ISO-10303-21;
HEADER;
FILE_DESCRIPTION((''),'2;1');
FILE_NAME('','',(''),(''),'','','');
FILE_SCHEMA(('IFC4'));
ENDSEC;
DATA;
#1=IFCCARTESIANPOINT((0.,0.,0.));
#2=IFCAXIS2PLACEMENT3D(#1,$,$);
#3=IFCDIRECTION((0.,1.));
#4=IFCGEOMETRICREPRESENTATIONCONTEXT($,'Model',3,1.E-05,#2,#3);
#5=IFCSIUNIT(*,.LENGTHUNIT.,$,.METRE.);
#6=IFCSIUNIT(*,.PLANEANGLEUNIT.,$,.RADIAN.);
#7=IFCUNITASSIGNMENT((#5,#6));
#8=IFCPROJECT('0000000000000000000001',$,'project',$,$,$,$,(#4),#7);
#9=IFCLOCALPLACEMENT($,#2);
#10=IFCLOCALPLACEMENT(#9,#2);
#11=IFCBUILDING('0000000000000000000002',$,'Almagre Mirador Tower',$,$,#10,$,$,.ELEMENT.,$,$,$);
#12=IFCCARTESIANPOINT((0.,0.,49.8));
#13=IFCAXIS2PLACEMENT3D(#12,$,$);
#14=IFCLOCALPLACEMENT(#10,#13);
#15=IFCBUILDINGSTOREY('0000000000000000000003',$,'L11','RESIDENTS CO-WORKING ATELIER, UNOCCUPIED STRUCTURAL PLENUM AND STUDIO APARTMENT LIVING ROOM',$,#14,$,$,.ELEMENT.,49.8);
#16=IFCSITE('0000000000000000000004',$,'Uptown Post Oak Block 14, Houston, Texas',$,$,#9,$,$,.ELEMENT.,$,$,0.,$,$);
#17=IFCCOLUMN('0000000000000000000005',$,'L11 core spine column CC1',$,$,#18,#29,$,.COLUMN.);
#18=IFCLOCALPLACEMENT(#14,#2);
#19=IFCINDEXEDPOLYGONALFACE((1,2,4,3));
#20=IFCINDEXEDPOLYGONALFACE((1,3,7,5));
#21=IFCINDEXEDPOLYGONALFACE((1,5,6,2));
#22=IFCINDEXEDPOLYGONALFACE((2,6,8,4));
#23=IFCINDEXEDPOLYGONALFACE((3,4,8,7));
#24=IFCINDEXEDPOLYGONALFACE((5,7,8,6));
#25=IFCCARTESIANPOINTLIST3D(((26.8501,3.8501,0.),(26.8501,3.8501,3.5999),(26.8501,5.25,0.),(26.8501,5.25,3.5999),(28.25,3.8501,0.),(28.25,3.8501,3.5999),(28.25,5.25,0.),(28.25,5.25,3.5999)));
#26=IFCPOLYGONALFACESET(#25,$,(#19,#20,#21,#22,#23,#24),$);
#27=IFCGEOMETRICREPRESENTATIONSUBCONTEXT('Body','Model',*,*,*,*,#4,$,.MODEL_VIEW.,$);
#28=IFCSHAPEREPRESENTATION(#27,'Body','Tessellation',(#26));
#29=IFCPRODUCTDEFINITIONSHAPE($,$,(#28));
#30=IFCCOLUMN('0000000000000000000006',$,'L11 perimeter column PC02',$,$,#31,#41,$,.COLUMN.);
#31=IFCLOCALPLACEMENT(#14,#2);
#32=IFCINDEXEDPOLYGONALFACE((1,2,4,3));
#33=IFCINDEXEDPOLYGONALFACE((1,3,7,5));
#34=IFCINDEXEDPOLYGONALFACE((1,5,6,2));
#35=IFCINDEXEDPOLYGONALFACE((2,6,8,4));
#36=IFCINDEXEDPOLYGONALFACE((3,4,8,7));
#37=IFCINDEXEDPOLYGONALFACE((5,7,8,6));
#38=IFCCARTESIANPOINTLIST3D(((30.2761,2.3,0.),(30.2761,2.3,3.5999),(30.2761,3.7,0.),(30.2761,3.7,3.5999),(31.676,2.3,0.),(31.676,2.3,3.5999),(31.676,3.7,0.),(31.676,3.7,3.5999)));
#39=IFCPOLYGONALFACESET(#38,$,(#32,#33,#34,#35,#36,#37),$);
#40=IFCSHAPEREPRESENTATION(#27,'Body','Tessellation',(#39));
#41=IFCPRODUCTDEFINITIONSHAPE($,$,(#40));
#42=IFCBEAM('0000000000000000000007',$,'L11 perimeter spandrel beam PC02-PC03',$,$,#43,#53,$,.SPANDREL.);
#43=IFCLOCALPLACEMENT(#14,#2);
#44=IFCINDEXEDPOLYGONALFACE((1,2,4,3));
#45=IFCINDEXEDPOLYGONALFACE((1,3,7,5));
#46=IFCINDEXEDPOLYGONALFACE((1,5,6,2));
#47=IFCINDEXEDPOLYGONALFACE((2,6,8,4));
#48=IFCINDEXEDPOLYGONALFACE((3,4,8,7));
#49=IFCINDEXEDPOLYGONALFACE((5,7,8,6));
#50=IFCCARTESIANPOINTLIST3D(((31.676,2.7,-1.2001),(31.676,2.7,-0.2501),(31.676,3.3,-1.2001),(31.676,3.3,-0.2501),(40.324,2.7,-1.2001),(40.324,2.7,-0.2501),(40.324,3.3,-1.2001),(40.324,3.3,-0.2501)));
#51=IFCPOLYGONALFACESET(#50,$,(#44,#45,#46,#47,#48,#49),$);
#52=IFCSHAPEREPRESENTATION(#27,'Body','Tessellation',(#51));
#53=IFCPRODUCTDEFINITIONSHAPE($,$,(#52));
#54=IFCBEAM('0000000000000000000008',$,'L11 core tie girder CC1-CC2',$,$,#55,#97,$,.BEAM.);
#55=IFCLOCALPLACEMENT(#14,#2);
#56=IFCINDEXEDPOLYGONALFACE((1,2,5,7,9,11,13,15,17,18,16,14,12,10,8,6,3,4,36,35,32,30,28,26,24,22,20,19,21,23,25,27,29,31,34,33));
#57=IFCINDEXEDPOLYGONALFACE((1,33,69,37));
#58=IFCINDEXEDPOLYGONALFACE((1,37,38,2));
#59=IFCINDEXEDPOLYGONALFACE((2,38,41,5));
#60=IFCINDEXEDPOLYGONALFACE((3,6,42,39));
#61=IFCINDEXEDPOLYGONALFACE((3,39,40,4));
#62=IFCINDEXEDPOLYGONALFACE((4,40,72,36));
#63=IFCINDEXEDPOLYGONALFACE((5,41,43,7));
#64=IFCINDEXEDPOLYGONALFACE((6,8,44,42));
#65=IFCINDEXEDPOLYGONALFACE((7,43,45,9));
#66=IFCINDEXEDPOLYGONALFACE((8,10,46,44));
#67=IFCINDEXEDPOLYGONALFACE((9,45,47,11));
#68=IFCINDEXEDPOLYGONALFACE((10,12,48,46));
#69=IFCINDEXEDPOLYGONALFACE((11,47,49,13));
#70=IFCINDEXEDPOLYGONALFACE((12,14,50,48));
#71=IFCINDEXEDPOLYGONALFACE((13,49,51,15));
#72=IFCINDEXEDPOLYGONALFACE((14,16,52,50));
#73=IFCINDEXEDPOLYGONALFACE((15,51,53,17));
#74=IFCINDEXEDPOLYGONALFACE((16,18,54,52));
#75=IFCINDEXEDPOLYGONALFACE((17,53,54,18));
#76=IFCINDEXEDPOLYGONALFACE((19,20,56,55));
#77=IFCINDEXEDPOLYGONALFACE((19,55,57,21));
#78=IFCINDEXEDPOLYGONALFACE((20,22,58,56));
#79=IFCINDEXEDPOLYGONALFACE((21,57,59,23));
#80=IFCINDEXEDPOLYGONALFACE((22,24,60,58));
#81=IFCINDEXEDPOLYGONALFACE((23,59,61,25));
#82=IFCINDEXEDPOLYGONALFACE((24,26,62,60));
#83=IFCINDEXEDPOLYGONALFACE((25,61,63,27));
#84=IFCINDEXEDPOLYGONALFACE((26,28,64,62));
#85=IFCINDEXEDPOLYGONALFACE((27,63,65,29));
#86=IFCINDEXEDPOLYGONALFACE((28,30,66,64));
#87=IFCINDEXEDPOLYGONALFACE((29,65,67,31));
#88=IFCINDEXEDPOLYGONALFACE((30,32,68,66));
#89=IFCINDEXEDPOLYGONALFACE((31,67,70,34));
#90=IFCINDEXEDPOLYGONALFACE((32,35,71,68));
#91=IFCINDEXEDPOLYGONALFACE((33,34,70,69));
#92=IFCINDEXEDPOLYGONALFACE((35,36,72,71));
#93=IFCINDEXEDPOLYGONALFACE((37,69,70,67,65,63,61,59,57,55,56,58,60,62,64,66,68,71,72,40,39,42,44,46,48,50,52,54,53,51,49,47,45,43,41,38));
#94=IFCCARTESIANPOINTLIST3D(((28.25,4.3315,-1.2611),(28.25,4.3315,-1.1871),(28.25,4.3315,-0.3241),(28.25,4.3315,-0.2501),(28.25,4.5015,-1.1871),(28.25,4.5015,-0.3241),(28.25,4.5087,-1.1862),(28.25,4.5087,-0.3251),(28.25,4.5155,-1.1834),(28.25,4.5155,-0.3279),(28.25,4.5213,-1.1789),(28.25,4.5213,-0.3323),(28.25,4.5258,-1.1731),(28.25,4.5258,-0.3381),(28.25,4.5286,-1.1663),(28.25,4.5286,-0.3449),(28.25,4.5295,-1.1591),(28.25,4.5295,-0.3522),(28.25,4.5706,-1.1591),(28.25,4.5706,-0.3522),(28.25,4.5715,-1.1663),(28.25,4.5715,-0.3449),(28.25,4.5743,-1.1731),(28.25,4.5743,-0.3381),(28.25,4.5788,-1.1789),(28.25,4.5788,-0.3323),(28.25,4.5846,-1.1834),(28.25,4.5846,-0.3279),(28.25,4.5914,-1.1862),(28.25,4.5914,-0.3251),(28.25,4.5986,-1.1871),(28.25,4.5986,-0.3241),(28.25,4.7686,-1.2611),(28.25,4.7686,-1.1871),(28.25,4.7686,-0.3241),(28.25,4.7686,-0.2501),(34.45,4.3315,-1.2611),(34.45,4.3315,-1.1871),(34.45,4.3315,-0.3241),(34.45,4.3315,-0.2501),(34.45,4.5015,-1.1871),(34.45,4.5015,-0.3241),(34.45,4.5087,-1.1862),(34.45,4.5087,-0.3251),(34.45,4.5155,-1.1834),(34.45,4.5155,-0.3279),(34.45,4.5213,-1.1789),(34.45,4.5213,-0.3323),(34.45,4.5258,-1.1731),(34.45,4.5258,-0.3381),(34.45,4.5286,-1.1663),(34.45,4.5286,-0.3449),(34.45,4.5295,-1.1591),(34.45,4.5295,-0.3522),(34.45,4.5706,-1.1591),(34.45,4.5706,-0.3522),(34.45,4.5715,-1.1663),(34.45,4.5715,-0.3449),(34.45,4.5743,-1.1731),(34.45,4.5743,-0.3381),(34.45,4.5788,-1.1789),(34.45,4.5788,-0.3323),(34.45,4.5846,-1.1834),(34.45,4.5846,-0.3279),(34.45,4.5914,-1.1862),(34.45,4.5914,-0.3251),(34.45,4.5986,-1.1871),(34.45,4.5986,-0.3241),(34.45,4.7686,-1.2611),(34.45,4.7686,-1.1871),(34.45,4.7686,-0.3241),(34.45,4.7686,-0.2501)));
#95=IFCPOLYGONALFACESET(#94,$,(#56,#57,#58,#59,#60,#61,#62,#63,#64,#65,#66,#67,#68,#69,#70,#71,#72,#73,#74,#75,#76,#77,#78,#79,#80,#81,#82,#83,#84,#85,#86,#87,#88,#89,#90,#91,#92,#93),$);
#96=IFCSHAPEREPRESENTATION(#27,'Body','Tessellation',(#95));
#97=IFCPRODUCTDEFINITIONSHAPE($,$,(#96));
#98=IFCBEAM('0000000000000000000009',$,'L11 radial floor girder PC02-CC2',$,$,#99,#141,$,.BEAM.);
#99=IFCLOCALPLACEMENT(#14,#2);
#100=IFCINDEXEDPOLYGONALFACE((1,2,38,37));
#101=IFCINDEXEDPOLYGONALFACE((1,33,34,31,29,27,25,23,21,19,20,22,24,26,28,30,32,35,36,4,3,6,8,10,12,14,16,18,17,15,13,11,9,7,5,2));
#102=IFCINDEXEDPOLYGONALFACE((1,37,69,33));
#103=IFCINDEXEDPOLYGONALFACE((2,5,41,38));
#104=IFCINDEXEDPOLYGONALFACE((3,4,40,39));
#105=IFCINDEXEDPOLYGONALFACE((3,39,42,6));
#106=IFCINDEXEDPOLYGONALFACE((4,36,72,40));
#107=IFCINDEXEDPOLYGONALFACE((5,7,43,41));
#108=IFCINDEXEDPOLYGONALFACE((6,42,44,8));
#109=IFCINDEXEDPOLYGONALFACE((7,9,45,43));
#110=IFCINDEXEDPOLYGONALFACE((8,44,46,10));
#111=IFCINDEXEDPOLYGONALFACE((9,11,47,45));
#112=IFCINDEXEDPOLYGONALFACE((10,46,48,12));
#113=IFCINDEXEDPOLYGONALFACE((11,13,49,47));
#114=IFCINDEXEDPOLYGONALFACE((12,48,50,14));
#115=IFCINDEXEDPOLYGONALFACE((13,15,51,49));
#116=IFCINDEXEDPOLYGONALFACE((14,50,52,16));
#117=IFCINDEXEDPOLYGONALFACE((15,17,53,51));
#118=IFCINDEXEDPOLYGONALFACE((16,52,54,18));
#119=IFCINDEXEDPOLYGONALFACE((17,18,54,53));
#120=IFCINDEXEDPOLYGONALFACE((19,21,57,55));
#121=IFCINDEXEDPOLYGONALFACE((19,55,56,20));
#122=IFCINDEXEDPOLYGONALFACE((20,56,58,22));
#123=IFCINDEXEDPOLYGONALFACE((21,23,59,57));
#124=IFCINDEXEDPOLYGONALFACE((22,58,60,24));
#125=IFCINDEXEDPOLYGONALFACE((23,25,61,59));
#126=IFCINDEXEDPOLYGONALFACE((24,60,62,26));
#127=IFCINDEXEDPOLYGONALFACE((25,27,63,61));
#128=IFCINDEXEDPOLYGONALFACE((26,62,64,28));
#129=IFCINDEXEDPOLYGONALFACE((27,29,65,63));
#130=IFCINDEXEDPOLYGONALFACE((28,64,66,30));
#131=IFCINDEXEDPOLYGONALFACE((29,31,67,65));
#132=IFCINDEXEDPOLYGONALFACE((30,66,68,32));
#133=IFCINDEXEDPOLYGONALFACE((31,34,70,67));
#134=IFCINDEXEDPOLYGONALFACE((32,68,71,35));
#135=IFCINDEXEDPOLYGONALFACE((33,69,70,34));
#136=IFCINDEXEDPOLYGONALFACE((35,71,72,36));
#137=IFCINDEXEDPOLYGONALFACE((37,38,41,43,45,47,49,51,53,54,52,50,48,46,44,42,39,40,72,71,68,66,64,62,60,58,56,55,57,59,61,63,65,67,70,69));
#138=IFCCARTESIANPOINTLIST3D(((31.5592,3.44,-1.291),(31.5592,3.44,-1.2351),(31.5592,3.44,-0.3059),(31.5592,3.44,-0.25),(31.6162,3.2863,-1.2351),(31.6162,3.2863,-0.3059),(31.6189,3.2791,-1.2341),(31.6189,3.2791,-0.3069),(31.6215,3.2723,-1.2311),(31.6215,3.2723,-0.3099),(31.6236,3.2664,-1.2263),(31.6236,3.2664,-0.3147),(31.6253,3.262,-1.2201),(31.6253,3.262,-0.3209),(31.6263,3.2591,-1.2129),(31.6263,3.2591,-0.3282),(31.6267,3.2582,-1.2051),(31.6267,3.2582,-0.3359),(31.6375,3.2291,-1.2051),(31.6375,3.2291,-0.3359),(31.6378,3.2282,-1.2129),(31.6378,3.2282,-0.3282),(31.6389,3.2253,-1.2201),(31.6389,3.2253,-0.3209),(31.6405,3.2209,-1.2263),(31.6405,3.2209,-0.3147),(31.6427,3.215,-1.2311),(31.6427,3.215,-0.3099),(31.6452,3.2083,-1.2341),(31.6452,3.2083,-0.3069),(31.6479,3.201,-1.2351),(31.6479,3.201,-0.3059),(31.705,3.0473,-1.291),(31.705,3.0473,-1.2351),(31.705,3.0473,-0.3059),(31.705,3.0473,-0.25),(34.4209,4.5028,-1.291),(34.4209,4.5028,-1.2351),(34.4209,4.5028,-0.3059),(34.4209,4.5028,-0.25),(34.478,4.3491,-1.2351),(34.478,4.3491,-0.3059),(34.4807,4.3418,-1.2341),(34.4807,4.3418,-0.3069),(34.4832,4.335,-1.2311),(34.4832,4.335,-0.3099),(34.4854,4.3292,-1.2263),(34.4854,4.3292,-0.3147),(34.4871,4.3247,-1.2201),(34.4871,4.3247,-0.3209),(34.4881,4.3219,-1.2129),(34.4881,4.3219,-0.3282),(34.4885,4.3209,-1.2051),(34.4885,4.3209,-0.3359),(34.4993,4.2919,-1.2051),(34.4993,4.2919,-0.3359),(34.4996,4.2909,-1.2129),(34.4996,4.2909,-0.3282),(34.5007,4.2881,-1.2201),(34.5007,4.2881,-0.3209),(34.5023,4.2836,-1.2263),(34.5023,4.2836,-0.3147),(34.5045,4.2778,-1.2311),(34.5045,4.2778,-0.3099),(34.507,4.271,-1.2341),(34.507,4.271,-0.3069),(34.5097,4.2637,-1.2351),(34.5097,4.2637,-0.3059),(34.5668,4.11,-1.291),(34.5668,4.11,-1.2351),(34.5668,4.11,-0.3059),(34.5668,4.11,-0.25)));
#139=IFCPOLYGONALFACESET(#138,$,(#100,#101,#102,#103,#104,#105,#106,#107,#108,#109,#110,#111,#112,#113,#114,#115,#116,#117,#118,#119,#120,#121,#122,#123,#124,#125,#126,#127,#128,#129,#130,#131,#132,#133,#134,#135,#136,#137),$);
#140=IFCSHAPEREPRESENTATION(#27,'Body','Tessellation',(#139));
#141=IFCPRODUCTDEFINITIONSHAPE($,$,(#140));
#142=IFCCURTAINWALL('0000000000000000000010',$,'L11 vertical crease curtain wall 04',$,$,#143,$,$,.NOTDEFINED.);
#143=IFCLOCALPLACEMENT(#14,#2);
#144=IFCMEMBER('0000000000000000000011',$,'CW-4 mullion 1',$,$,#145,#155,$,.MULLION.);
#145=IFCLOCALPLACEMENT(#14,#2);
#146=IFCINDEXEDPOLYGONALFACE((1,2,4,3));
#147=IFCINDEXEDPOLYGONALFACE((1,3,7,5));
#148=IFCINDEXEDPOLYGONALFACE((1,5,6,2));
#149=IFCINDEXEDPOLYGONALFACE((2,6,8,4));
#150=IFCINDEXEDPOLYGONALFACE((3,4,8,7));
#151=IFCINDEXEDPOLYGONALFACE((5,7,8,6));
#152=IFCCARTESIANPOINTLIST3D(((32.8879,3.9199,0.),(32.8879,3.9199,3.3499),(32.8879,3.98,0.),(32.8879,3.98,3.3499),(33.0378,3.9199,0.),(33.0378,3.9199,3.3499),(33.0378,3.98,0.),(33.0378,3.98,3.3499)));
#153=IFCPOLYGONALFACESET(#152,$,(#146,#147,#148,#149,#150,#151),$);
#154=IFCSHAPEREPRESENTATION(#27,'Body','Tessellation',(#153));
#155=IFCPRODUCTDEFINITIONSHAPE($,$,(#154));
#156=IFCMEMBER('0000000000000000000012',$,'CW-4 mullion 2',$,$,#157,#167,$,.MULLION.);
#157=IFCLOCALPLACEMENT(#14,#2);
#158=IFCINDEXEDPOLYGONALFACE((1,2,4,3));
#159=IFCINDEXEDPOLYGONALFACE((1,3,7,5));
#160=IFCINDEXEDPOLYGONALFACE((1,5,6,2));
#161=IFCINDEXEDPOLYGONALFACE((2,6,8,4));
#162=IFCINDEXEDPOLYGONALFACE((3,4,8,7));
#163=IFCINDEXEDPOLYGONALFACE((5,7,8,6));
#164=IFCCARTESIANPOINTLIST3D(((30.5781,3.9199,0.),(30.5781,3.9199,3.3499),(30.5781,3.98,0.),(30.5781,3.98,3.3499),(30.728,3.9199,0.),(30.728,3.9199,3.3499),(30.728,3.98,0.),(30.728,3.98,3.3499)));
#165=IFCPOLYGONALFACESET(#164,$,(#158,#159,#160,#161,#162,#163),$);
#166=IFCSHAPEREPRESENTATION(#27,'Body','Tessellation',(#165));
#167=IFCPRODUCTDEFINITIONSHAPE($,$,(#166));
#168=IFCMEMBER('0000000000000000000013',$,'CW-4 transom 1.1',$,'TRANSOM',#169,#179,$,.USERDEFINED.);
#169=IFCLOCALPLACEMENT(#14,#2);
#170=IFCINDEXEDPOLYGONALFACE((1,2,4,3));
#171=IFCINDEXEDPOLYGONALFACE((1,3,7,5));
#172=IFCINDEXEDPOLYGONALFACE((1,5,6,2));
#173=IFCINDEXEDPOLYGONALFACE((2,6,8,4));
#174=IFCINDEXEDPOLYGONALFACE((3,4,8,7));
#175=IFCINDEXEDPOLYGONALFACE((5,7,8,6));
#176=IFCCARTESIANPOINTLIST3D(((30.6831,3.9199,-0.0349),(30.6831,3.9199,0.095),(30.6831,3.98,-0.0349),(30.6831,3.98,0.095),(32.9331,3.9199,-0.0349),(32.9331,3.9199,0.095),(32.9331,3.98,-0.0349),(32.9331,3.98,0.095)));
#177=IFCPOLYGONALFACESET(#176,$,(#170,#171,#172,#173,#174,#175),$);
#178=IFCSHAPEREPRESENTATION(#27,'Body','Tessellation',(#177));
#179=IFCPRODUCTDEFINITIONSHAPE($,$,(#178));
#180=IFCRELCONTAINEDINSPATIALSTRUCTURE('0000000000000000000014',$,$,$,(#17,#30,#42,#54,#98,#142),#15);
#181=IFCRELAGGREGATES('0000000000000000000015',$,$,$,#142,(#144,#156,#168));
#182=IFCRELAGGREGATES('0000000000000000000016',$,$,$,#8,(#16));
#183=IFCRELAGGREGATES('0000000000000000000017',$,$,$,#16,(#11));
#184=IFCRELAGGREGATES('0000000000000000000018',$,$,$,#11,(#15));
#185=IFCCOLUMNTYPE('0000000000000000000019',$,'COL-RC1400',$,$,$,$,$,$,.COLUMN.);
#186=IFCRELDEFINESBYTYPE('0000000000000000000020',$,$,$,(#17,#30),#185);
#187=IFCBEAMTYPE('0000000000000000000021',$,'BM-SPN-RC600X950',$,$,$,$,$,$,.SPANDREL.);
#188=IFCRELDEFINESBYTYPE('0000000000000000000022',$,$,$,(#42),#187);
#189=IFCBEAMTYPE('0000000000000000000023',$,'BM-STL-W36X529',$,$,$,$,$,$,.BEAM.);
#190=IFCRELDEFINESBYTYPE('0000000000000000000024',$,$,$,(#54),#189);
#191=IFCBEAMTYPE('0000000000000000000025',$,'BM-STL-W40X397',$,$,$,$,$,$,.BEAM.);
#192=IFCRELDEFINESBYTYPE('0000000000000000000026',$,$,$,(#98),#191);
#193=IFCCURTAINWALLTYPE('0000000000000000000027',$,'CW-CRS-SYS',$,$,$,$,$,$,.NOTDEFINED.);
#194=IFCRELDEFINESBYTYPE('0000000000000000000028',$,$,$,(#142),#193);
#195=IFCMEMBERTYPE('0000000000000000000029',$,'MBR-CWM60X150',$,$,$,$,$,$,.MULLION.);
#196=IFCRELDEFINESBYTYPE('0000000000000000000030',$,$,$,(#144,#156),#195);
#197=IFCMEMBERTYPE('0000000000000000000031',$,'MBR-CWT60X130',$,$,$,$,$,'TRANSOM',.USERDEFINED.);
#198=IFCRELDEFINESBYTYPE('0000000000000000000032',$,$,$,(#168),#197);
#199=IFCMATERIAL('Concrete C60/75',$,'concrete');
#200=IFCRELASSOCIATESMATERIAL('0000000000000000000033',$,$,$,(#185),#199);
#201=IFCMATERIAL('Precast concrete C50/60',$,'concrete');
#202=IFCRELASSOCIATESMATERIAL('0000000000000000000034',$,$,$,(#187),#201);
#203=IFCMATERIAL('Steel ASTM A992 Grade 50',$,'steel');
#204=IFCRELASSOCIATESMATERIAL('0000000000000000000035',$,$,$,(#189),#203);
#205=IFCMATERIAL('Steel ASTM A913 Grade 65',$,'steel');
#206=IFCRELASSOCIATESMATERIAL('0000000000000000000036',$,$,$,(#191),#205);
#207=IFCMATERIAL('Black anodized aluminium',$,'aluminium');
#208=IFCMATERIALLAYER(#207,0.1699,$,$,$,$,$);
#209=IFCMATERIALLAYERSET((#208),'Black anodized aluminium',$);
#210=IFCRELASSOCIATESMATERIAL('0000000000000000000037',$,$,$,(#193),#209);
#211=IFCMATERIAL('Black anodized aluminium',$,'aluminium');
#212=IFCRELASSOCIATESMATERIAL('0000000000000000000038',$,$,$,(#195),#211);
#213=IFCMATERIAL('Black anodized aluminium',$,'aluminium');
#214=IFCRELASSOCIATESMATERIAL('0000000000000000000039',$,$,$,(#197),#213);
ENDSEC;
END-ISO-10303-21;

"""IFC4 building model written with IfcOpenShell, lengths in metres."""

from ifc_helpers import new_model, si_unit, direction, frame, origin, origin_2d, place, context, subcontext, project, spatial, rectangle, i_section, extrude, material, layer, layer_set, material_profile, profile_set, type_object, element, aggregate, save


model = new_model("IFC4")

# Units and contexts
model_context = context("Model", 3, precision=1e-05, world=origin(), true_north=direction((0.0, 1.0)))
body_context = subcontext(model_context, "Body", "Model", "MODEL_VIEW")
ifc_project = project(units=[si_unit("LENGTHUNIT", "METRE"), si_unit("PLANEANGLEUNIT", "RADIAN")], contexts=[model_context])

# Site, building, storey
site_placement = place(None, origin())
site = spatial("IfcSite", under=ifc_project, at=site_placement, Name="Uptown Post Oak Block 14, Houston, Texas", CompositionType="ELEMENT", RefElevation=0.0)
building_placement = place(site_placement, origin())
building = spatial("IfcBuilding", under=site, at=building_placement, Name="Almagre Mirador Tower", CompositionType="ELEMENT")
storey_placement = place(building_placement, frame((0.0, 0.0, 49.8)))
storey = spatial("IfcBuildingStorey", under=building, at=storey_placement, Name="L11", Description="RESIDENTS CO-WORKING ATELIER, UNOCCUPIED STRUCTURAL PLENUM AND STUDIO APARTMENT LIVING ROOM", CompositionType="ELEMENT", Elevation=49.8)

# Columns
ifc_material_1 = material(Name="Concrete C60/75", Category="concrete")
ifc_material_profile_1 = material_profile(ifc_material_1, rectangle(XDim=1.3999, YDim=1.3999, at=origin_2d()), Name="RC1400X1400")
ifc_profile_set_1 = profile_set([ifc_material_profile_1], Name="Concrete C60/75")
column_type = type_object("IfcColumnType", Name="COL-RC1400", PredefinedType="COLUMN", material=ifc_profile_set_1)
for number, where, z_axis, x_axis, name in (
    (1, (27.55, 4.55, 0.0), (0.0, 0.0, 1.0), (1.0, 0.0, 0.0), "L11 core spine column CC1"),
    (2, (30.9761, 3.0, 0.0), (0.0, 0.0, 1.0), (1.0, 0.0, 0.0), "L11 perimeter column PC02"),
):
    element("IfcColumn", number, at=place(storey_placement, frame(where, z_axis=z_axis, x_axis=x_axis)), inside=storey, type_object=column_type, Name=name, PredefinedType="COLUMN", context=body_context, shape_type="SweptSolid", body=[
        extrude(rectangle(XDim=1.3999, YDim=1.3999, at=origin_2d()), origin(), (0.0, 0.0, 1.0), 3.5999),
    ])

# Beams
ifc_material_2 = material(Name="Precast concrete C50/60", Category="concrete")
ifc_material_profile_2 = material_profile(ifc_material_2, rectangle(XDim=0.6001, YDim=0.95, at=origin_2d()), Name="RC600X950")
ifc_profile_set_2 = profile_set([ifc_material_profile_2], Name="Precast concrete C50/60")
beam_type_1 = type_object("IfcBeamType", Name="BM-SPN-RC600X950", PredefinedType="SPANDREL", material=ifc_profile_set_2)
beam_1_placement = place(storey_placement, frame((31.676, 3.0, -0.7251), z_axis=(1.0, 0.0, 0.0), x_axis=(0.0, 1.0, 0.0)))
element("IfcBeam", 3, at=beam_1_placement, inside=storey, type_object=beam_type_1, Name="L11 perimeter spandrel beam PC02-PC03", PredefinedType="SPANDREL", context=body_context, shape_type="SweptSolid", body=[
    extrude(rectangle(XDim=0.6001, YDim=0.95, at=origin_2d()), origin(), (0.0, 0.0, 1.0), 8.6479),
])
ifc_material_3 = material(Name="Steel ASTM A992 Grade 50", Category="steel")
ifc_material_profile_3 = material_profile(ifc_material_3, i_section(OverallWidth=0.437, OverallDepth=1.011, WebThickness=0.041, FlangeThickness=0.074, FilletRadius=0.0281, at=origin_2d()), Name="W36X529")
ifc_profile_set_3 = profile_set([ifc_material_profile_3], Name="Steel ASTM A992 Grade 50")
beam_type_2 = type_object("IfcBeamType", Name="BM-STL-W36X529", PredefinedType="BEAM", material=ifc_profile_set_3)
beam_2_placement = place(storey_placement, frame((28.25, 4.55, -0.7556), z_axis=(1.0, 0.0, 0.0), x_axis=(0.0, 1.0, 0.0)))
element("IfcBeam", 4, at=beam_2_placement, inside=storey, type_object=beam_type_2, Name="L11 core tie girder CC1-CC2", PredefinedType="BEAM", context=body_context, shape_type="SweptSolid", body=[
    extrude(i_section(OverallWidth=0.437, OverallDepth=1.011, WebThickness=0.041, FlangeThickness=0.074, FilletRadius=0.0281, at=origin_2d()), origin(), (0.0, 0.0, 1.0), 6.2),
])
ifc_material_4 = material(Name="Steel ASTM A913 Grade 65", Category="steel")
ifc_material_profile_4 = material_profile(ifc_material_4, i_section(OverallWidth=0.4189, OverallDepth=1.041, WebThickness=0.031, FlangeThickness=0.0559, FilletRadius=0.03, at=origin_2d()), Name="W40X397")
ifc_profile_set_4 = profile_set([ifc_material_profile_4], Name="Steel ASTM A913 Grade 65")
beam_type_3 = type_object("IfcBeamType", Name="BM-STL-W40X397", PredefinedType="BEAM", material=ifc_profile_set_4)
beam_3_placement = place(storey_placement, frame((31.6321, 3.2437, -0.7705), z_axis=(0.937448, 0.348124, 0.0), x_axis=(-0.348124, 0.937448, 0.0)))
element("IfcBeam", 5, at=beam_3_placement, inside=storey, type_object=beam_type_3, Name="L11 radial floor girder PC02-CC2", PredefinedType="BEAM", context=body_context, shape_type="SweptSolid", body=[
    extrude(i_section(OverallWidth=0.4189, OverallDepth=1.041, WebThickness=0.031, FlangeThickness=0.0559, FilletRadius=0.03, at=origin_2d()), origin(), (0.0, 0.0, 1.0), 3.0527),
])

# Curtain wall, members
ifc_material_5 = material(Name="Black anodized aluminium", Category="aluminium")
ifc_layer_1 = layer(ifc_material_5, 0.1699)
ifc_layer_set_1 = layer_set([ifc_layer_1], Name="Black anodized aluminium")
curtain_wall_type = type_object("IfcCurtainWallType", Name="CW-CRS-SYS", PredefinedType="NOTDEFINED", material=ifc_layer_set_1)
curtain_wall_placement = place(storey_placement, origin())
curtain_wall = element("IfcCurtainWall", 6, at=curtain_wall_placement, inside=storey, type_object=curtain_wall_type, Name="L11 vertical crease curtain wall 04", PredefinedType="NOTDEFINED")
ifc_material_6 = material(Name="Black anodized aluminium", Category="aluminium")
ifc_material_profile_5 = material_profile(ifc_material_6, rectangle(XDim=0.0601, YDim=0.1499, at=origin_2d()), Name="CWM60X150")
ifc_profile_set_5 = profile_set([ifc_material_profile_5], Name="Black anodized aluminium")
member_type_1 = type_object("IfcMemberType", Name="MBR-CWM60X150", PredefinedType="MULLION", material=ifc_profile_set_5)
member_1_placement = place(storey_placement, frame((32.9629, 3.95, 0.0), z_axis=(0.0, 0.0, 1.0), x_axis=(0.0, -1.0, 0.0)))
member_1 = element("IfcMember", 7, at=member_1_placement, type_object=member_type_1, Name="CW-4 mullion 1", PredefinedType="MULLION", context=body_context, shape_type="SweptSolid", body=[
    extrude(rectangle(XDim=0.0601, YDim=0.1499, at=origin_2d()), origin(), (0.0, 0.0, 1.0), 3.3499),
])
member_2_placement = place(storey_placement, frame((30.6531, 3.95, 0.0), z_axis=(0.0, 0.0, 1.0), x_axis=(0.0, -1.0, 0.0)))
member_2 = element("IfcMember", 8, at=member_2_placement, type_object=member_type_1, Name="CW-4 mullion 2", PredefinedType="MULLION", context=body_context, shape_type="SweptSolid", body=[
    extrude(rectangle(XDim=0.0601, YDim=0.1499, at=origin_2d()), origin(), (0.0, 0.0, 1.0), 3.3499),
])
ifc_material_7 = material(Name="Black anodized aluminium", Category="aluminium")
ifc_material_profile_6 = material_profile(ifc_material_7, rectangle(XDim=0.0601, YDim=0.1299, at=origin_2d()), Name="CWT60X130")
ifc_profile_set_6 = profile_set([ifc_material_profile_6], Name="Black anodized aluminium")
member_type_2 = type_object("IfcMemberType", Name="MBR-CWT60X130", ElementType="TRANSOM", PredefinedType="USERDEFINED", material=ifc_profile_set_6)
member_3_placement = place(storey_placement, frame((32.9331, 3.95, 0.03), z_axis=(-1.0, 0.0, 0.0), x_axis=(0.0, -1.0, 0.0)))
member_3 = element("IfcMember", 9, at=member_3_placement, type_object=member_type_2, Name="CW-4 transom 1.1", ObjectType="TRANSOM", PredefinedType="USERDEFINED", context=body_context, shape_type="SweptSolid", body=[
    extrude(rectangle(XDim=0.0601, YDim=0.1299, at=origin_2d()), origin(), (0.0, 0.0, 1.0), 2.25),
])
aggregate(curtain_wall, [member_1, member_2, member_3])

save(model, "model.ifc")
